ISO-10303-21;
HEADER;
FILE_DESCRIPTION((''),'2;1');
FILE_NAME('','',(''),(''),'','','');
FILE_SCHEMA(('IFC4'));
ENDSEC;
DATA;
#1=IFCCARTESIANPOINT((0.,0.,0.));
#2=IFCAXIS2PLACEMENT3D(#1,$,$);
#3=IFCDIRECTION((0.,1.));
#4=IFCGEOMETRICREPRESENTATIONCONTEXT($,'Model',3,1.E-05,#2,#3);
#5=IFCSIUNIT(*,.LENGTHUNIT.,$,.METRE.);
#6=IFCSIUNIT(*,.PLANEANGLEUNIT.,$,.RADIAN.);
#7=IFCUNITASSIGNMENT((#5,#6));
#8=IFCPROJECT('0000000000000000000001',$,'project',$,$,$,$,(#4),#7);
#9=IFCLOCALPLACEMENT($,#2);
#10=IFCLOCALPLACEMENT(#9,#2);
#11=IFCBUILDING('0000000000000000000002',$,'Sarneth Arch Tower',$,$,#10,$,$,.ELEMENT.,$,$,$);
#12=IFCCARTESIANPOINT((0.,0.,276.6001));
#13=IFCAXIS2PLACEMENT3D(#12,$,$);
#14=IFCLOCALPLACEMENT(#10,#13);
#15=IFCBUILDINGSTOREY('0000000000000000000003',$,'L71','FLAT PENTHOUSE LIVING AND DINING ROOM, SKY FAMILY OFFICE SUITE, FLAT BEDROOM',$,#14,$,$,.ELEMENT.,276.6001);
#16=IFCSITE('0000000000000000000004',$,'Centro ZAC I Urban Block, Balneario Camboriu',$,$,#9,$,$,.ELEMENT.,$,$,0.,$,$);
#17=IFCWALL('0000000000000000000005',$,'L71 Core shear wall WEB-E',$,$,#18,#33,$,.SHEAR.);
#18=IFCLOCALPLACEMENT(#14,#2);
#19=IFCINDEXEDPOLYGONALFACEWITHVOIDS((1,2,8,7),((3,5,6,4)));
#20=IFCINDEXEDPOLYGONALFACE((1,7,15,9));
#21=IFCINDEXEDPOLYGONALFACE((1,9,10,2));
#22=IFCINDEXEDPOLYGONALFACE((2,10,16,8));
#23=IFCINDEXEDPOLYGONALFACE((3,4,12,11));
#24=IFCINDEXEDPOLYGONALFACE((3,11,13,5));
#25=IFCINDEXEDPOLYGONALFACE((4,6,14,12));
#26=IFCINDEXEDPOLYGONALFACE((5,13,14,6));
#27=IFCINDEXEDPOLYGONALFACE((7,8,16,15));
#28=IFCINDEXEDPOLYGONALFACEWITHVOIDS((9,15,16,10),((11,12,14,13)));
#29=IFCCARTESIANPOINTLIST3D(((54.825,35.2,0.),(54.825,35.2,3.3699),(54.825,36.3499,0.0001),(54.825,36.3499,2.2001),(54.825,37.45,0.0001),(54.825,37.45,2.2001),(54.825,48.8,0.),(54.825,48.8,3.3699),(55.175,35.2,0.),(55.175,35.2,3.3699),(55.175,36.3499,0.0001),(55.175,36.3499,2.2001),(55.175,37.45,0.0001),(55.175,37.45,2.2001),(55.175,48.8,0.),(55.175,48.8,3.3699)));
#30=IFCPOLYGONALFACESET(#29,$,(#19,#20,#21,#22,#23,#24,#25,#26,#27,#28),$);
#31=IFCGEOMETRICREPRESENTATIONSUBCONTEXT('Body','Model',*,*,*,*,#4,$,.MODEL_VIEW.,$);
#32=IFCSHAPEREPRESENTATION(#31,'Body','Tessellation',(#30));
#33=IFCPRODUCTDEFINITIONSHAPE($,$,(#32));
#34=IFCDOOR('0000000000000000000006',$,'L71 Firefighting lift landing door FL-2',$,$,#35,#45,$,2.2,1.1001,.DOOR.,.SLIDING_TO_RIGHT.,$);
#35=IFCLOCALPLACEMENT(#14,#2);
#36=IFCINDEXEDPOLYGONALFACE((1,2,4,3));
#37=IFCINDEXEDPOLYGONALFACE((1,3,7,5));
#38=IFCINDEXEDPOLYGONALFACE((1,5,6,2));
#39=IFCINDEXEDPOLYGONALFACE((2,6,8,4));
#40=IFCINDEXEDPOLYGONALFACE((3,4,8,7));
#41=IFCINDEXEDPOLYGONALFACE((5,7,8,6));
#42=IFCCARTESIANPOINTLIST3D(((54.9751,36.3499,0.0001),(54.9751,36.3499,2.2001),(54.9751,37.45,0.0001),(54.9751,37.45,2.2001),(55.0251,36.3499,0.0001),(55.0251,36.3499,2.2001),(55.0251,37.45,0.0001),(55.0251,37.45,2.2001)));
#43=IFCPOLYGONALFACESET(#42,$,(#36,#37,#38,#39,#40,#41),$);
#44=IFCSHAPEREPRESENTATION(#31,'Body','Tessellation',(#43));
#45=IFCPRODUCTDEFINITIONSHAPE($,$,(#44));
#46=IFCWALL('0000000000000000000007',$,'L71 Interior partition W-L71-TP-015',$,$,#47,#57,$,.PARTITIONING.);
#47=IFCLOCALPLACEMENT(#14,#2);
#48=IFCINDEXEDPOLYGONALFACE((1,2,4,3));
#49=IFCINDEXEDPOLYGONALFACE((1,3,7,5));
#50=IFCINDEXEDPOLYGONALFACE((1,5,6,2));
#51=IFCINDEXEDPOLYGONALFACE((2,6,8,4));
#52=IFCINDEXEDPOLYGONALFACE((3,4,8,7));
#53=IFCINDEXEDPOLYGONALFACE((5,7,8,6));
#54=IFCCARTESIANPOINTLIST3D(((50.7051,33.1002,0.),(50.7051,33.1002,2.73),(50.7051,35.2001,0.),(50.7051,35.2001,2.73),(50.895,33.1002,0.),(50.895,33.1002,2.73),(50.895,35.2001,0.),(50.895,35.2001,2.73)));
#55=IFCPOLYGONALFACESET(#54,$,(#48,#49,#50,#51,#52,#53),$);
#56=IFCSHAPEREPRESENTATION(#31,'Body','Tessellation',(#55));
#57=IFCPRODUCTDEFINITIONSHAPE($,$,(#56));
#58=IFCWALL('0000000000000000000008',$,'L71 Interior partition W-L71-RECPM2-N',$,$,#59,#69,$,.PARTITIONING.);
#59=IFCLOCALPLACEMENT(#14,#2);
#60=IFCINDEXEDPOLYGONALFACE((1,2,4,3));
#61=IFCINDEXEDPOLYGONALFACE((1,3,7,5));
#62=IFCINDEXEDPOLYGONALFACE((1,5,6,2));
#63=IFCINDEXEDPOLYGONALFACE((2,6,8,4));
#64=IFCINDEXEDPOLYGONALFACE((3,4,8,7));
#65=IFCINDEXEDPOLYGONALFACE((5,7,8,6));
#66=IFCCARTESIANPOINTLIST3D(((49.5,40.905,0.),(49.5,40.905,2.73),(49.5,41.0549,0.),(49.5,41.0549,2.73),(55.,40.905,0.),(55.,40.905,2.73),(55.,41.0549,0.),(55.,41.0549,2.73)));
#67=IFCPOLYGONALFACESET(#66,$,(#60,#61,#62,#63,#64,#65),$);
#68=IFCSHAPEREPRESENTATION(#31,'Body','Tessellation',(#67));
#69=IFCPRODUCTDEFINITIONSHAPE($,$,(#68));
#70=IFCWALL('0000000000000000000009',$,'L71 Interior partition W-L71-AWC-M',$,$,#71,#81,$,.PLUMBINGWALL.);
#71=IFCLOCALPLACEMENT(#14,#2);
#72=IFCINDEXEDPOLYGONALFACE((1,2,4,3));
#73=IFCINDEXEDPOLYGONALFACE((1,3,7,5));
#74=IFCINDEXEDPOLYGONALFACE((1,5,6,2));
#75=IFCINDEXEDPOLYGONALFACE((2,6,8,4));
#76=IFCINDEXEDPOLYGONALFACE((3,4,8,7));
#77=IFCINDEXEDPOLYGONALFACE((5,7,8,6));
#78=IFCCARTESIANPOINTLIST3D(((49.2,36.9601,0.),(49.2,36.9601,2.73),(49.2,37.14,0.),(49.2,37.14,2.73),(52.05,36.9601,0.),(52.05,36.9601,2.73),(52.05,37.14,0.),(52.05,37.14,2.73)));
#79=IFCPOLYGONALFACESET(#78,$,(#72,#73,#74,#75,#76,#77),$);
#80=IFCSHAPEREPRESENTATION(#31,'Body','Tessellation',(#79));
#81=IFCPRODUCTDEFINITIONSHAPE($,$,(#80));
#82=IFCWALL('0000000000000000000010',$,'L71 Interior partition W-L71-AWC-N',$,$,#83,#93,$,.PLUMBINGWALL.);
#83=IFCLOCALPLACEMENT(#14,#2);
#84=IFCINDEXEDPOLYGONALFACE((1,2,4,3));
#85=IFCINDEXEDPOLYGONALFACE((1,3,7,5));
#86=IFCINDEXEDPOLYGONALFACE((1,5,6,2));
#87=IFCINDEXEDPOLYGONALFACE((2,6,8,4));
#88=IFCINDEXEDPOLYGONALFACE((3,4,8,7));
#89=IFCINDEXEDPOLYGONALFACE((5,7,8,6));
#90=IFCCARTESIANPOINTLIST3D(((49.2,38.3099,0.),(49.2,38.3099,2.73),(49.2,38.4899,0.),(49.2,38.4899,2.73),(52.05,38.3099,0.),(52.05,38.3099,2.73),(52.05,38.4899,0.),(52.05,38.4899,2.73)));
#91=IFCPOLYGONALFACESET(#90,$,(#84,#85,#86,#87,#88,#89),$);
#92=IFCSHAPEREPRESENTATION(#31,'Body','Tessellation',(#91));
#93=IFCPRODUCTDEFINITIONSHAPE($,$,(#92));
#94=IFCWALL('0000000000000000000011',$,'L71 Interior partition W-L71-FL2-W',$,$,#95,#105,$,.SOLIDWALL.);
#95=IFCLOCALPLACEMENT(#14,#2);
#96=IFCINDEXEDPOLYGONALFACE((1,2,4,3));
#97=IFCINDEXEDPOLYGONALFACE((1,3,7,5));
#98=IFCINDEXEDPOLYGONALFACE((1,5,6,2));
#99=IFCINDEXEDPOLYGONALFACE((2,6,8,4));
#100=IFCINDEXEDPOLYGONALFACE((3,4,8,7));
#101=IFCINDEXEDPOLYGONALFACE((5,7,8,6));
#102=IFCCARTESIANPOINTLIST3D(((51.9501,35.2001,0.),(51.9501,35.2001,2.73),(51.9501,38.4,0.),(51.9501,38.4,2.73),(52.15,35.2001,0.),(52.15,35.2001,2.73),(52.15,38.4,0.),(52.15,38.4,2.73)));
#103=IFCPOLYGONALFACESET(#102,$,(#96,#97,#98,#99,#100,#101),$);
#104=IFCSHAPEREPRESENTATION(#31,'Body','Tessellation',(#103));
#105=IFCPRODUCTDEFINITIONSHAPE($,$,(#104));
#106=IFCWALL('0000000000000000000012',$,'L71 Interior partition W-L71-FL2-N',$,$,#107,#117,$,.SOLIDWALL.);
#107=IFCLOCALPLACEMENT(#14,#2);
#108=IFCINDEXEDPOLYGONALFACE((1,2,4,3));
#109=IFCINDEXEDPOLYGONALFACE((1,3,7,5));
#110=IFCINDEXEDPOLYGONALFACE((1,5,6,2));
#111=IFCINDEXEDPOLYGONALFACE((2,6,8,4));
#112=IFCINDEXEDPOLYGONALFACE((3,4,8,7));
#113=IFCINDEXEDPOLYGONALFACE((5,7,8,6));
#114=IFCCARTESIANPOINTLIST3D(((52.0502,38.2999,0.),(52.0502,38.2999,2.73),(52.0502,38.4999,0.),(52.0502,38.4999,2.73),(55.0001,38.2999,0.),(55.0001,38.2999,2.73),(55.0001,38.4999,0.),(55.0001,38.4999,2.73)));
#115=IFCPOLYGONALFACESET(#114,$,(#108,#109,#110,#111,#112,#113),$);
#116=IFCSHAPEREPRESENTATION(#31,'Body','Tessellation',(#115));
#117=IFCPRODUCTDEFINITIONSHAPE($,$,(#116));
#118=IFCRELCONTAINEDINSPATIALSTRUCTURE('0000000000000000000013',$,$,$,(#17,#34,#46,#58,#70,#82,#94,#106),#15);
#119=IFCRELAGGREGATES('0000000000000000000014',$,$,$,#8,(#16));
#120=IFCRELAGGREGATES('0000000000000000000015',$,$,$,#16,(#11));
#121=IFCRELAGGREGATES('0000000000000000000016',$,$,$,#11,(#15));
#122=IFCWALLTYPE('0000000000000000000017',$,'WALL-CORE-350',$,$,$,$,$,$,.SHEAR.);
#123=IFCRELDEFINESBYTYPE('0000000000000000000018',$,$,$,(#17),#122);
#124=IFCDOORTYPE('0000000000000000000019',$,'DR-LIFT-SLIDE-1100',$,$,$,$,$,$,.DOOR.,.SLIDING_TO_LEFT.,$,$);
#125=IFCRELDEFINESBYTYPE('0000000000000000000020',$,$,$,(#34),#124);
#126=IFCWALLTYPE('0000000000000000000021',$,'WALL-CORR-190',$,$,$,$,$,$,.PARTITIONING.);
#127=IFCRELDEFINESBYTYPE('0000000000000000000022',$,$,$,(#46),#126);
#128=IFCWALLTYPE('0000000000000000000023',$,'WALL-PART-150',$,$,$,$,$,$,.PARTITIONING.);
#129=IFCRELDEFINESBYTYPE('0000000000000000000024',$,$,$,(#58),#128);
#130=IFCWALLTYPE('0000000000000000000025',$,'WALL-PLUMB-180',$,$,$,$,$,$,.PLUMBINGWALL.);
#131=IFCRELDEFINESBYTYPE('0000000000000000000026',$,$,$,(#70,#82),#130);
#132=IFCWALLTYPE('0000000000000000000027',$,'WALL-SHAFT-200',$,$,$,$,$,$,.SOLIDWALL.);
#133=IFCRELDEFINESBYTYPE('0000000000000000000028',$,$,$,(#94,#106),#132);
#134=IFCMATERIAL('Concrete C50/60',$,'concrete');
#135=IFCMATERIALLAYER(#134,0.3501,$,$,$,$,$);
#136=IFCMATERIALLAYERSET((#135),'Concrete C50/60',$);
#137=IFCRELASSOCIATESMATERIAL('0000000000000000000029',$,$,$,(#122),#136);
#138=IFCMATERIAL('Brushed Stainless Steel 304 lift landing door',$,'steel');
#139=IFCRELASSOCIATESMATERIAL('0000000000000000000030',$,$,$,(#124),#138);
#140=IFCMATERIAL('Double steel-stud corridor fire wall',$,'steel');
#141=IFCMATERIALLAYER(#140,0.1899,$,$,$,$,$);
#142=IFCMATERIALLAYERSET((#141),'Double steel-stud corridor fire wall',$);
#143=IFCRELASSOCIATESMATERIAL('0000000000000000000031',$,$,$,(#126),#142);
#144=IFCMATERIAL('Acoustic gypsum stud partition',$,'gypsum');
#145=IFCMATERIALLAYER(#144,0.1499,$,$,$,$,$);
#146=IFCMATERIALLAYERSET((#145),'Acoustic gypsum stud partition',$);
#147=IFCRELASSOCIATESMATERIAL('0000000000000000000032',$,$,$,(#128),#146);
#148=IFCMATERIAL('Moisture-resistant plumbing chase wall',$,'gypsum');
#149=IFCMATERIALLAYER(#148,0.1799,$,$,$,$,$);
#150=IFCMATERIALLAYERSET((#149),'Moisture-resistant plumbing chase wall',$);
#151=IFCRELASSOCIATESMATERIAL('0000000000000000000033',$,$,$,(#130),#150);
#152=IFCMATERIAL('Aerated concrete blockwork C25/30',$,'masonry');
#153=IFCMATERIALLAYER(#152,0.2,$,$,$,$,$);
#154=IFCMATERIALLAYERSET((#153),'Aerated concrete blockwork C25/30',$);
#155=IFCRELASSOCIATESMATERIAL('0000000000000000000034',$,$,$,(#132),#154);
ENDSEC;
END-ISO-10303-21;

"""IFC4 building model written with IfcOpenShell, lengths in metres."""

from ifc_helpers import new_model, si_unit, direction, frame, frame_2d, origin, place, context, subcontext, project, spatial, rectangle, extrude, material, layer, layer_set, type_object, element, fill, save


model = new_model("IFC4")

# Units and contexts
model_context = context("Model", 3, precision=1e-05, world=origin(), true_north=direction((0.0, 1.0)))
body_context = subcontext(model_context, "Body", "Model", "MODEL_VIEW")
ifc_project = project(units=[si_unit("LENGTHUNIT", "METRE"), si_unit("PLANEANGLEUNIT", "RADIAN")], contexts=[model_context])

# Site, building, storey
site_placement = place(None, origin())
site = spatial("IfcSite", under=ifc_project, at=site_placement, Name="Centro ZAC I Urban Block, Balneario Camboriu", CompositionType="ELEMENT", RefElevation=0.0)
building_placement = place(site_placement, origin())
building = spatial("IfcBuilding", under=site, at=building_placement, Name="Sarneth Arch Tower", CompositionType="ELEMENT")
storey_placement = place(building_placement, frame((0.0, 0.0, 276.6001)))
storey = spatial("IfcBuildingStorey", under=building, at=storey_placement, Name="L71", Description="FLAT PENTHOUSE LIVING AND DINING ROOM, SKY FAMILY OFFICE SUITE, FLAT BEDROOM", CompositionType="ELEMENT", Elevation=276.6001)

# Shared definitions
ifc_material_1 = material(Name="Concrete C50/60", Category="concrete")
ifc_layer_1 = layer(ifc_material_1, 0.3501)
ifc_layer_set_1 = layer_set([ifc_layer_1], Name="Concrete C50/60")
wall_type_1 = type_object("IfcWallType", Name="WALL-CORE-350", PredefinedType="SHEAR", material=ifc_layer_set_1)

# Wall, opening, door
wall_1_placement = place(storey_placement, frame((55.0, 35.2, 0.0), z_axis=(0.0, 0.0, 1.0), x_axis=(0.0, 1.0, 0.0)))
wall_1 = element("IfcWall", 1, at=wall_1_placement, inside=storey, type_object=wall_type_1, Name="L71 Core shear wall WEB-E", PredefinedType="SHEAR", context=body_context, shape_type="SweptSolid", body=[
    extrude(rectangle(XDim=13.6001, YDim=0.3501, at=frame_2d((6.8, 0.0))), origin(), (0.0, 0.0, 1.0), 3.3699),
])
opening_1_placement = place(wall_1_placement, frame((1.1499, 0.0, 0.0)))
opening_1 = element("IfcOpeningElement", 2, at=opening_1_placement, cuts=wall_1, PredefinedType="OPENING", context=body_context, shape_type="SweptSolid", body=[
    extrude(rectangle(XDim=1.1001, YDim=2.2, at=frame_2d((0.55, 1.1001))), frame((0.0, 0.1851, 0.0), z_axis=(0.0, -1.0, 0.0), x_axis=(1.0, 0.0, 0.0)), (0.0, 0.0, 1.0), 0.3701),
])
ifc_material_2 = material(Name="Brushed Stainless Steel 304 lift landing door", Category="steel")
door_type_1 = type_object("IfcDoorType", Name="DR-LIFT-SLIDE-1100", OperationType="SLIDING_TO_LEFT", PredefinedType="DOOR", material=ifc_material_2)
door_1_placement = place(opening_1_placement, origin())
door_1 = element("IfcDoor", 3, at=door_1_placement, inside=storey, type_object=door_type_1, Name="L71 Firefighting lift landing door FL-2", OperationType="SLIDING_TO_RIGHT", OverallHeight=2.2, OverallWidth=1.1001, PredefinedType="DOOR", context=body_context, shape_type="SweptSolid", body=[
    extrude(rectangle(XDim=1.1001, YDim=2.2, at=frame_2d((0.55, 1.1001))), frame((0.0, 0.0249, 0.0), z_axis=(0.0, -1.0, 0.0), x_axis=(1.0, 0.0, 0.0)), (0.0, 0.0, 1.0), 0.05),
])
fill(opening_1, door_1)

# Walls
ifc_material_3 = material(Name="Double steel-stud corridor fire wall", Category="steel")
ifc_layer_2 = layer(ifc_material_3, 0.1899)
ifc_layer_set_2 = layer_set([ifc_layer_2], Name="Double steel-stud corridor fire wall")
wall_type_2 = type_object("IfcWallType", Name="WALL-CORR-190", PredefinedType="PARTITIONING", material=ifc_layer_set_2)
wall_2_placement = place(storey_placement, frame((50.8, 35.2, 0.0), z_axis=(0.0, 0.0, 1.0), x_axis=(0.0, -1.0, 0.0)))
element("IfcWall", 4, at=wall_2_placement, inside=storey, type_object=wall_type_2, Name="L71 Interior partition W-L71-TP-015", PredefinedType="PARTITIONING", context=body_context, shape_type="SweptSolid", body=[
    extrude(rectangle(XDim=2.0999, YDim=0.1899, at=frame_2d((1.0498, 0.0))), origin(), (0.0, 0.0, 1.0), 2.73),
])
ifc_material_4 = material(Name="Acoustic gypsum stud partition", Category="gypsum")
ifc_layer_3 = layer(ifc_material_4, 0.1499)
ifc_layer_set_3 = layer_set([ifc_layer_3], Name="Acoustic gypsum stud partition")
wall_type_3 = type_object("IfcWallType", Name="WALL-PART-150", PredefinedType="PARTITIONING", material=ifc_layer_set_3)
wall_3_placement = place(storey_placement, frame((49.5, 40.98, 0.0), z_axis=(0.0, 0.0, 1.0), x_axis=(1.0, 0.0, 0.0)))
element("IfcWall", 5, at=wall_3_placement, inside=storey, type_object=wall_type_3, Name="L71 Interior partition W-L71-RECPM2-N", PredefinedType="PARTITIONING", context=body_context, shape_type="SweptSolid", body=[
    extrude(rectangle(XDim=5.5, YDim=0.1499, at=frame_2d((2.75, 0.0))), origin(), (0.0, 0.0, 1.0), 2.73),
])

# Walls
ifc_material_5 = material(Name="Moisture-resistant plumbing chase wall", Category="gypsum")
ifc_layer_4 = layer(ifc_material_5, 0.1799)
ifc_layer_set_4 = layer_set([ifc_layer_4], Name="Moisture-resistant plumbing chase wall")
wall_type_4 = type_object("IfcWallType", Name="WALL-PLUMB-180", PredefinedType="PLUMBINGWALL", material=ifc_layer_set_4)
for number, where, z_axis, x_axis, name in (
    (6, (49.2, 37.05, 0.0), (0.0, 0.0, 1.0), (1.0, 0.0, 0.0), "L71 Interior partition W-L71-AWC-M"),
    (7, (49.2, 38.3999, 0.0), (0.0, 0.0, 1.0), (1.0, 0.0, 0.0), "L71 Interior partition W-L71-AWC-N"),
):
    element("IfcWall", number, at=place(storey_placement, frame(where, z_axis=z_axis, x_axis=x_axis)), inside=storey, type_object=wall_type_4, Name=name, PredefinedType="PLUMBINGWALL", context=body_context, shape_type="SweptSolid", body=[
        extrude(rectangle(XDim=2.8501, YDim=0.1799, at=frame_2d((1.425, 0.0))), origin(), (0.0, 0.0, 1.0), 2.73),
    ])

# Shared definitions
ifc_material_6 = material(Name="Aerated concrete blockwork C25/30", Category="masonry")
ifc_layer_5 = layer(ifc_material_6, 0.2)
ifc_layer_set_5 = layer_set([ifc_layer_5], Name="Aerated concrete blockwork C25/30")
wall_type_5 = type_object("IfcWallType", Name="WALL-SHAFT-200", PredefinedType="SOLIDWALL", material=ifc_layer_set_5)

# Walls
wall_4_placement = place(storey_placement, frame((52.05, 35.2, 0.0), z_axis=(0.0, 0.0, 1.0), x_axis=(0.0, 1.0, 0.0)))
element("IfcWall", 8, at=wall_4_placement, inside=storey, type_object=wall_type_5, Name="L71 Interior partition W-L71-FL2-W", PredefinedType="SOLIDWALL", context=body_context, shape_type="SweptSolid", body=[
    extrude(rectangle(XDim=3.2, YDim=0.2, at=frame_2d((1.6001, 0.0))), origin(), (0.0, 0.0, 1.0), 2.73),
])
wall_5_placement = place(storey_placement, frame((52.05, 38.3999, 0.0), z_axis=(0.0, 0.0, 1.0), x_axis=(1.0, 0.0, 0.0)))
element("IfcWall", 9, at=wall_5_placement, inside=storey, type_object=wall_type_5, Name="L71 Interior partition W-L71-FL2-N", PredefinedType="SOLIDWALL", context=body_context, shape_type="SweptSolid", body=[
    extrude(rectangle(XDim=2.95, YDim=0.2, at=frame_2d((1.4751, 0.0))), origin(), (0.0, 0.0, 1.0), 2.73),
])

save(model, "model.ifc")
